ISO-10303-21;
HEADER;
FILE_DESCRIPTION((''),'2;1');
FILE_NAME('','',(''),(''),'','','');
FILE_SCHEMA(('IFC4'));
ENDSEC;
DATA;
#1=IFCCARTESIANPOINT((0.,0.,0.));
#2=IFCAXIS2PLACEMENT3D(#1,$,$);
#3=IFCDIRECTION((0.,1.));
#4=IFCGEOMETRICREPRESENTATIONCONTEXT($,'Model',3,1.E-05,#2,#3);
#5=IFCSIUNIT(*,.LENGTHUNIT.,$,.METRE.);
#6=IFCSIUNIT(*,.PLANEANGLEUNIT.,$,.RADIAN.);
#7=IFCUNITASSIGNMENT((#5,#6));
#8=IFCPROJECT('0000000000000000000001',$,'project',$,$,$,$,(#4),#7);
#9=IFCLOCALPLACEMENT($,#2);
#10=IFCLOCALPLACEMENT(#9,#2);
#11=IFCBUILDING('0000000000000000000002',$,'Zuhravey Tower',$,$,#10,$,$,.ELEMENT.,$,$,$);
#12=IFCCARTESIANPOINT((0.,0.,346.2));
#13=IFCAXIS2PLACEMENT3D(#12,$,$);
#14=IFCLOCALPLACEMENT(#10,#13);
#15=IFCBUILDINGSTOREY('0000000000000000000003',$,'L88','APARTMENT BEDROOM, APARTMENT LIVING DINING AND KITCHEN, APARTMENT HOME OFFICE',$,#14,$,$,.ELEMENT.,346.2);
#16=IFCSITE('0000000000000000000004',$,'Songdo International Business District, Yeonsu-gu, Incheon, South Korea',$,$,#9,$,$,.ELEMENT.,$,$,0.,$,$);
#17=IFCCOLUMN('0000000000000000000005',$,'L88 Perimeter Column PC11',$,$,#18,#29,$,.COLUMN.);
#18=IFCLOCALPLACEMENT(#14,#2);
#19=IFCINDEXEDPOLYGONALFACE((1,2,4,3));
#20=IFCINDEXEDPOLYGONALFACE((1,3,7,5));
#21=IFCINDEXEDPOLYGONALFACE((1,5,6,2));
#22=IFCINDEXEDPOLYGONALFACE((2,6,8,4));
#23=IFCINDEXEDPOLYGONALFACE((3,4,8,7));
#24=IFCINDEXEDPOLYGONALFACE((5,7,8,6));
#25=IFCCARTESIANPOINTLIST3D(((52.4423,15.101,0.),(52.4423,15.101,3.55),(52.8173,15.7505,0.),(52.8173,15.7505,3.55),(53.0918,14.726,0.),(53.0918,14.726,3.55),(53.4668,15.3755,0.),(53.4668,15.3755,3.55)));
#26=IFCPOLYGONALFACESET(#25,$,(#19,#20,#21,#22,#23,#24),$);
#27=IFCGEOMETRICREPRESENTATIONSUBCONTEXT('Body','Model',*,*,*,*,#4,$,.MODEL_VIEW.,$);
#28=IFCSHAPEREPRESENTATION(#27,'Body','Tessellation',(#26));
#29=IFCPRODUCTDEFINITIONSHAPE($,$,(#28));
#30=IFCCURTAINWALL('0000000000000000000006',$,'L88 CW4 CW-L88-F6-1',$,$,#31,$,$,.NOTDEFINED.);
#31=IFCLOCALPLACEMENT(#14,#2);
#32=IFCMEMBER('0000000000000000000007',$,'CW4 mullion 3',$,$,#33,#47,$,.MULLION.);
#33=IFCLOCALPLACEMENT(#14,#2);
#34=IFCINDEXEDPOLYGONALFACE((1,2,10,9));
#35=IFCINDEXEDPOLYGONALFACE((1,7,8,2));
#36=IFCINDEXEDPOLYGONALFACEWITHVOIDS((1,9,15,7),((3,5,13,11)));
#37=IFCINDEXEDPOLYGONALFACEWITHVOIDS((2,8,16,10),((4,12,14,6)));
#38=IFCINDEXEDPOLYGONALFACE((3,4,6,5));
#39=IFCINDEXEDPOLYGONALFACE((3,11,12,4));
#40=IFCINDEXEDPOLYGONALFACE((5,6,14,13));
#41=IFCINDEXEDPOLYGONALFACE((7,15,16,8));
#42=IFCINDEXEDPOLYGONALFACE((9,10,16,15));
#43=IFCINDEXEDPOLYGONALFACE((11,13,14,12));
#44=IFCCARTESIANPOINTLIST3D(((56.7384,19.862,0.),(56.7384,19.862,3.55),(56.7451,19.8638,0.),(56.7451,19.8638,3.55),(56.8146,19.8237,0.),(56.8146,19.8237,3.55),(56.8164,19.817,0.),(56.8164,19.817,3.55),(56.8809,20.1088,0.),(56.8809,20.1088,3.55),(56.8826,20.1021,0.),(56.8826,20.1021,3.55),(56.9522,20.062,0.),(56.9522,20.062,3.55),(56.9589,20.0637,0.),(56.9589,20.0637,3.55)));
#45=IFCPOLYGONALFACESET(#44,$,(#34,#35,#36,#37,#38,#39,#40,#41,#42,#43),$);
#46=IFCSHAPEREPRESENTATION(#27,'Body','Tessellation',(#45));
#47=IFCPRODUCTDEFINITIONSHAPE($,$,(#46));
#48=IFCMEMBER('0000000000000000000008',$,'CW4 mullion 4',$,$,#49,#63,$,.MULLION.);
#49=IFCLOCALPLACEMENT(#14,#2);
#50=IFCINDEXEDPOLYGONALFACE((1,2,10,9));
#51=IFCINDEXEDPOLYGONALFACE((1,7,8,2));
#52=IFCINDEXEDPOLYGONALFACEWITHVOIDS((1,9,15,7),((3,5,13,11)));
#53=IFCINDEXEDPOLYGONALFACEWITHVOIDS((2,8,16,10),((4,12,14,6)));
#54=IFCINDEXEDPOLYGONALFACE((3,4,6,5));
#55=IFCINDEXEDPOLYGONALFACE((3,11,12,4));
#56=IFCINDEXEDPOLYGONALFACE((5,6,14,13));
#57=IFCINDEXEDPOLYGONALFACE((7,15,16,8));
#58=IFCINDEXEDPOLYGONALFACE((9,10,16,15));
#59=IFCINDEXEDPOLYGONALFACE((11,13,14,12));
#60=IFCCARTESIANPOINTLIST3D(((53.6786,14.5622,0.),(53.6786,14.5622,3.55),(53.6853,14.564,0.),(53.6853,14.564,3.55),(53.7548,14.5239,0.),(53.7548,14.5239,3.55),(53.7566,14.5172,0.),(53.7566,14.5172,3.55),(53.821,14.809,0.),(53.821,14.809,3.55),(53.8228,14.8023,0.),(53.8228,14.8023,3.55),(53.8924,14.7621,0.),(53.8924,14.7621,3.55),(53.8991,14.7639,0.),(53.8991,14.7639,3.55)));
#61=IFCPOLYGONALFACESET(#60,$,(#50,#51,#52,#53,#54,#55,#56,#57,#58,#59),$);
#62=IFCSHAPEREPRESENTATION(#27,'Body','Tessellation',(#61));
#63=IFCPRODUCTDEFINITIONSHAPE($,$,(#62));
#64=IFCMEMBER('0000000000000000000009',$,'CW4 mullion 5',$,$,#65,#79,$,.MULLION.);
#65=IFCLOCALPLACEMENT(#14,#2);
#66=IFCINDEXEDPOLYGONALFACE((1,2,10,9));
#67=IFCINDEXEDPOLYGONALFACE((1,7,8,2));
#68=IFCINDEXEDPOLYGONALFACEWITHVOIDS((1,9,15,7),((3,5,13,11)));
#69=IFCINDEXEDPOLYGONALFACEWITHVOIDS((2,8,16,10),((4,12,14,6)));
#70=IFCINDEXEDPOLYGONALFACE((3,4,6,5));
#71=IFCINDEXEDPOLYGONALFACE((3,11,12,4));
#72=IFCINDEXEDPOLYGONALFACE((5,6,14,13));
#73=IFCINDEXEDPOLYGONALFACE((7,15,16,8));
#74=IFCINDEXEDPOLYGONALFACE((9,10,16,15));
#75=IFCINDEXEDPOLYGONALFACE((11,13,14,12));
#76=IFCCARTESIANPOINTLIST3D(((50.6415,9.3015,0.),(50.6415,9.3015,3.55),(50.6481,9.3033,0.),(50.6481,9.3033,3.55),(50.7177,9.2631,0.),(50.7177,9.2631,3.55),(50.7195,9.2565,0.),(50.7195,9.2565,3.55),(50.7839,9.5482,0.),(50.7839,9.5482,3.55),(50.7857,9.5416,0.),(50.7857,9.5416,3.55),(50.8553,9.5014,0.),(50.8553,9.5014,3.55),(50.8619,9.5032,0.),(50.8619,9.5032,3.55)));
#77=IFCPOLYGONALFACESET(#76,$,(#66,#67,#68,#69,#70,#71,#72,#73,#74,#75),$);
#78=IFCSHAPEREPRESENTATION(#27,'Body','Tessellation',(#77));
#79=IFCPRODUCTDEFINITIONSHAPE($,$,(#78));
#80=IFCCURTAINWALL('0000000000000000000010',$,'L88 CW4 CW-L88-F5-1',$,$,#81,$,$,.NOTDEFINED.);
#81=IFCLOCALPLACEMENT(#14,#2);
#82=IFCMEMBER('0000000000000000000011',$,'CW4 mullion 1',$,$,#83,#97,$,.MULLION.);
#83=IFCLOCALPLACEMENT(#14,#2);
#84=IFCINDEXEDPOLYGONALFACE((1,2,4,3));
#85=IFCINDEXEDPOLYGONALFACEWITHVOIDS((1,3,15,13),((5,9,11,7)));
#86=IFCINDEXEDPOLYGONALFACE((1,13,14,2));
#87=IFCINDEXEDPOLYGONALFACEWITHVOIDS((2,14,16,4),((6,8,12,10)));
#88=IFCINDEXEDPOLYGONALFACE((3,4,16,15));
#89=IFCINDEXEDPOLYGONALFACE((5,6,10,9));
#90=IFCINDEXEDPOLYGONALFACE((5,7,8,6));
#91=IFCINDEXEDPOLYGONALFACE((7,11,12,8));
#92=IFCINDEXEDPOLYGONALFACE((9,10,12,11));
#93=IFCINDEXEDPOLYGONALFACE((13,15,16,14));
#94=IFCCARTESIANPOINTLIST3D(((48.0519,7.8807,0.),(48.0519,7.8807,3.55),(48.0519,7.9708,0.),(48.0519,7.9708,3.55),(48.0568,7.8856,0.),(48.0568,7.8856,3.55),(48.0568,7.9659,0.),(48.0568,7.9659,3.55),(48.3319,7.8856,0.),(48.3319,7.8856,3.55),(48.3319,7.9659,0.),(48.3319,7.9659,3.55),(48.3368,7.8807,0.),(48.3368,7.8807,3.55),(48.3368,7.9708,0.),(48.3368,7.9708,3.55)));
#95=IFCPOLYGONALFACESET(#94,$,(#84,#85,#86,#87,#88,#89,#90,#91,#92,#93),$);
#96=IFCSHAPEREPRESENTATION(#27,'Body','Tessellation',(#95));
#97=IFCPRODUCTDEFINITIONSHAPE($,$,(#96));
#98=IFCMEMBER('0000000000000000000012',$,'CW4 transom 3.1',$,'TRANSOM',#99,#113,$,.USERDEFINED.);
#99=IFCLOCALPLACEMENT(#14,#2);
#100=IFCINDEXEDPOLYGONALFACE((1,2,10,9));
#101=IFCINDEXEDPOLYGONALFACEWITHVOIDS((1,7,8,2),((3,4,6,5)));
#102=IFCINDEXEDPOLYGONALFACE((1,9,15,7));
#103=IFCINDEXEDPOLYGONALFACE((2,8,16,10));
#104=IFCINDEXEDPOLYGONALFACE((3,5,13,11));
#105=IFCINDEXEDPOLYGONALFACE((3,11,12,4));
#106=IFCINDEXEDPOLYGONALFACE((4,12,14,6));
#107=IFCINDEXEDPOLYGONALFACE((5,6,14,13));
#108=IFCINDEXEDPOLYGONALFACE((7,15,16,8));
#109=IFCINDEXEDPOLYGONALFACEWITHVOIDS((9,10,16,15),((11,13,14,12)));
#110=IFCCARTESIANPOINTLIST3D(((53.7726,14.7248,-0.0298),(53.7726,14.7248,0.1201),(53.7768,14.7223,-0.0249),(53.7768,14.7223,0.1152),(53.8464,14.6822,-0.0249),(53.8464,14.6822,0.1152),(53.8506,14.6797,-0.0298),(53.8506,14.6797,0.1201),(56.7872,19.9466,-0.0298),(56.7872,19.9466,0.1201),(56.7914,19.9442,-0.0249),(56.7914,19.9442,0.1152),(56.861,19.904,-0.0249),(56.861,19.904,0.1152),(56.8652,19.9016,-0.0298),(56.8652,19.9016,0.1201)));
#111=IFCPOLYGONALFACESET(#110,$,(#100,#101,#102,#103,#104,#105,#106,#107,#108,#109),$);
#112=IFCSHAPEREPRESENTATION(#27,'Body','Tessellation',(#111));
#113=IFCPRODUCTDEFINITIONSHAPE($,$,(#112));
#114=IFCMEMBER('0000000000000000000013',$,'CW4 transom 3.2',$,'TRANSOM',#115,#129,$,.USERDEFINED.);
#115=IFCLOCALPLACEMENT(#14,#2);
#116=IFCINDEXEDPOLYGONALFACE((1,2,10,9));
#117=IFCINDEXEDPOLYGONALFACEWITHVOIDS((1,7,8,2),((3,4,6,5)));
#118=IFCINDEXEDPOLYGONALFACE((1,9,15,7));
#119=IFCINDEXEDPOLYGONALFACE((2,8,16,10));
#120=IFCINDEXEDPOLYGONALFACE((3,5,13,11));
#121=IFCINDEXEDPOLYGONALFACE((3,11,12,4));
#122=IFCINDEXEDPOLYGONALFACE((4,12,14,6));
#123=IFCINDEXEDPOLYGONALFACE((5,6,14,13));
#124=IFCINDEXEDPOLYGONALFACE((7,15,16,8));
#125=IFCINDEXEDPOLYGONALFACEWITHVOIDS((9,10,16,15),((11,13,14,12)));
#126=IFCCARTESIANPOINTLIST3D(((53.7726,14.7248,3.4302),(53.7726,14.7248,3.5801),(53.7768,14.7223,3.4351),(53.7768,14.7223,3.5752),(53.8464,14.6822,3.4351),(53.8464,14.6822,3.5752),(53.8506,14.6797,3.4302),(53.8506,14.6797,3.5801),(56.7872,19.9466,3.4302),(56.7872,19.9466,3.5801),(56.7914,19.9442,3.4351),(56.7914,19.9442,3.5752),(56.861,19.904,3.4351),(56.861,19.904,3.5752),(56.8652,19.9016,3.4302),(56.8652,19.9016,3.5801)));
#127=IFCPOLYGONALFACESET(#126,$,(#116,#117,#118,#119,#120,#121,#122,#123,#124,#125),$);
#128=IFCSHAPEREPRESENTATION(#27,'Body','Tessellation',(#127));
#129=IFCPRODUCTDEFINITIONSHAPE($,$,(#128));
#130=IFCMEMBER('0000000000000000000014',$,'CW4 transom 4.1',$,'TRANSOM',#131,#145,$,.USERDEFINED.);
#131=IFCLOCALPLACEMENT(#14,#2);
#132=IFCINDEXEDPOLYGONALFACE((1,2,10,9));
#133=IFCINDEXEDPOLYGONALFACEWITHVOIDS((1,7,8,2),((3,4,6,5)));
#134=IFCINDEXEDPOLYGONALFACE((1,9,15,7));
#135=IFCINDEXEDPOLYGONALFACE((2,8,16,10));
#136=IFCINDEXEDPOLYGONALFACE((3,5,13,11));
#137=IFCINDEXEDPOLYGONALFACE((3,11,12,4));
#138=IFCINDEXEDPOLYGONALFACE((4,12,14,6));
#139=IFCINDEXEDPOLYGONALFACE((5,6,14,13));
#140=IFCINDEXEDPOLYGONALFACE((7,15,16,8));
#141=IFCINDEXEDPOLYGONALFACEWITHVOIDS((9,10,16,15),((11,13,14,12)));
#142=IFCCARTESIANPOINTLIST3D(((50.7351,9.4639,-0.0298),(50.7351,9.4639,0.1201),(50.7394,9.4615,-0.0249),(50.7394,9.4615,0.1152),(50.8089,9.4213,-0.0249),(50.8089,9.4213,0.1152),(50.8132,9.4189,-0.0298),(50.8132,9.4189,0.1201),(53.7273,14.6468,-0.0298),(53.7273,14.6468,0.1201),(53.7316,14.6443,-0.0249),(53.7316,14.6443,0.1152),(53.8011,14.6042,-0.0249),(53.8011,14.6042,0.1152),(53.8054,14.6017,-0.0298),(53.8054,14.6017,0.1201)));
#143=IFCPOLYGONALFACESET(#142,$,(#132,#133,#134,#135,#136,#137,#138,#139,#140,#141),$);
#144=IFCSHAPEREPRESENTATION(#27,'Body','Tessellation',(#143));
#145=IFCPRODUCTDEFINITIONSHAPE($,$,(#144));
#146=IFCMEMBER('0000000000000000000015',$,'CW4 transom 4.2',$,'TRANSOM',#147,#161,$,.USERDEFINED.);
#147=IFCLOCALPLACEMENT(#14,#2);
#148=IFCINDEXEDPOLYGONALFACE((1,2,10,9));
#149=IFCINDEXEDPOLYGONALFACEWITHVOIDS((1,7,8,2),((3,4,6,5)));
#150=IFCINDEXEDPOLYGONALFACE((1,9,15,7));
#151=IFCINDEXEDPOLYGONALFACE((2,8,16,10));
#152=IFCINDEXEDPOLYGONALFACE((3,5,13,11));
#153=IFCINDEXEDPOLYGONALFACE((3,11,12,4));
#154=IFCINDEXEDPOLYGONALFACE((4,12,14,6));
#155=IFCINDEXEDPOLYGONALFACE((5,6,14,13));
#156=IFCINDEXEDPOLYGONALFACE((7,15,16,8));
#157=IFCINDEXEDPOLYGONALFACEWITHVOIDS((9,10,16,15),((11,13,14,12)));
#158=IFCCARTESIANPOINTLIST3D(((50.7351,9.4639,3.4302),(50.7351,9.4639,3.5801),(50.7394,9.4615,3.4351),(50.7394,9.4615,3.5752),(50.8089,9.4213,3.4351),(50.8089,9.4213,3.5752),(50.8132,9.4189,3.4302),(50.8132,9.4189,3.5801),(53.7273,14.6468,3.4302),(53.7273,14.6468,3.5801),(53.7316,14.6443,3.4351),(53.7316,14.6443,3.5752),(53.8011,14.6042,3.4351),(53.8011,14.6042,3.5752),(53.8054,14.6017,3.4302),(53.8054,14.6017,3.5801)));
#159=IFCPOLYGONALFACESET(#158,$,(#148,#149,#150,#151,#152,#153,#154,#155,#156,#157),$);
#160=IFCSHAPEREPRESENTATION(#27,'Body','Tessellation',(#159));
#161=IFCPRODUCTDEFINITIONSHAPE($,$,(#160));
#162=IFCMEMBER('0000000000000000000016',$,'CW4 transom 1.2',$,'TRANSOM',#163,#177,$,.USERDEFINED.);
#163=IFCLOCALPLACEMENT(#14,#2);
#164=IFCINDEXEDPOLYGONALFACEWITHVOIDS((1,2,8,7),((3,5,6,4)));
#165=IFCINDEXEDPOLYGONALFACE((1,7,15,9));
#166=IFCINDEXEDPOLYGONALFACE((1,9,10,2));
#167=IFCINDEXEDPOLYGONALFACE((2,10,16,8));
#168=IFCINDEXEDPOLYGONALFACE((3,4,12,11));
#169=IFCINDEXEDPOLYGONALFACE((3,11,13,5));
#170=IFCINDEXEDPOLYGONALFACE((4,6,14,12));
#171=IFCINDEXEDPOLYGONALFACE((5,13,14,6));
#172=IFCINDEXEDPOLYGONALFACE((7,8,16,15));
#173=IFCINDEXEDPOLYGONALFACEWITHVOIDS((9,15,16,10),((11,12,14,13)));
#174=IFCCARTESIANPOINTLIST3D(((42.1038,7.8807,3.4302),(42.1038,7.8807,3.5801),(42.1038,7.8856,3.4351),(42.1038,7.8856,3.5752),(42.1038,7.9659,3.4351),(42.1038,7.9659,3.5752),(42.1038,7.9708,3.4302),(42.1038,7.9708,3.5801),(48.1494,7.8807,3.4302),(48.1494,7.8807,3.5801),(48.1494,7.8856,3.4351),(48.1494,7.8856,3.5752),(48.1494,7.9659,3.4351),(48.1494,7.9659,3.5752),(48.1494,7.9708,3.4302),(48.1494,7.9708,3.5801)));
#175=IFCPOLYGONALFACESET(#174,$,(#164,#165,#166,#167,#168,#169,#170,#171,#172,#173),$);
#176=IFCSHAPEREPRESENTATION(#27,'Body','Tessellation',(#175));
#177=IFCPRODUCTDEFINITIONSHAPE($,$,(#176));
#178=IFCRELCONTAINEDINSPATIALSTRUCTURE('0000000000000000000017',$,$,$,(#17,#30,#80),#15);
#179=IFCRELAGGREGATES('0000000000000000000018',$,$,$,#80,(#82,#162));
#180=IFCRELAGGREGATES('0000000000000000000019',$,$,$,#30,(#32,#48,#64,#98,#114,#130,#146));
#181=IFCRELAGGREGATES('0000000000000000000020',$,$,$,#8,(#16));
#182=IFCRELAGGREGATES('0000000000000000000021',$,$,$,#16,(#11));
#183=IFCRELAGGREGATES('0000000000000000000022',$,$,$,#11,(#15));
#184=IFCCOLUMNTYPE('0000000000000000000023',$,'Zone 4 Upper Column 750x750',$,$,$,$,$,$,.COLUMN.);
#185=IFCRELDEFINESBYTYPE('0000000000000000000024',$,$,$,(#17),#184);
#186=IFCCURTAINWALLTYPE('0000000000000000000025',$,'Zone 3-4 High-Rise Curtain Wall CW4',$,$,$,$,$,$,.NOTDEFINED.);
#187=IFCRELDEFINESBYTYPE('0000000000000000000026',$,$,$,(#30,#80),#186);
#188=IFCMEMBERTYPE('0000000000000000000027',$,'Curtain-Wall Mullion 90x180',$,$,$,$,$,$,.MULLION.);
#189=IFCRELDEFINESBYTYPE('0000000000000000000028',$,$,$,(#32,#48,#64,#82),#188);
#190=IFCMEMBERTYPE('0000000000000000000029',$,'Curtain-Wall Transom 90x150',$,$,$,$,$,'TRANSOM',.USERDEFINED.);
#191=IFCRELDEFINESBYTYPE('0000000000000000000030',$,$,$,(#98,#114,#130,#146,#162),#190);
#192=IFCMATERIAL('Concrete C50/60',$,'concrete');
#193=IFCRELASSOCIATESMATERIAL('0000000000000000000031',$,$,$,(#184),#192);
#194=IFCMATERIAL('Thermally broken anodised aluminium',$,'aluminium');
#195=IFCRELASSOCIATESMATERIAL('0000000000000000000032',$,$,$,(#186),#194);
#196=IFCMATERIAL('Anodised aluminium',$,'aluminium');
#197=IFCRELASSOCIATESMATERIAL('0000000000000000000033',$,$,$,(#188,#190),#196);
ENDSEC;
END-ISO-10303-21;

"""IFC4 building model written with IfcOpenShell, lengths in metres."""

from ifc_helpers import new_model, si_unit, direction, frame, origin, origin_2d, place, context, subcontext, project, spatial, rectangle, hollow_rectangle, extrude, material, material_profile, profile_set, type_object, element, aggregate, save


model = new_model("IFC4")

# Units and contexts
model_context = context("Model", 3, precision=1e-05, world=origin(), true_north=direction((0.0, 1.0)))
body_context = subcontext(model_context, "Body", "Model", "MODEL_VIEW")
ifc_project = project(units=[si_unit("LENGTHUNIT", "METRE"), si_unit("PLANEANGLEUNIT", "RADIAN")], contexts=[model_context])

# Site, building, storey
site_placement = place(None, origin())
site = spatial("IfcSite", under=ifc_project, at=site_placement, Name="Songdo International Business District, Yeonsu-gu, Incheon, South Korea", CompositionType="ELEMENT", RefElevation=0.0)
building_placement = place(site_placement, origin())
building = spatial("IfcBuilding", under=site, at=building_placement, Name="Zuhravey Tower", CompositionType="ELEMENT")
storey_placement = place(building_placement, frame((0.0, 0.0, 346.2)))
storey = spatial("IfcBuildingStorey", under=building, at=storey_placement, Name="L88", Description="APARTMENT BEDROOM, APARTMENT LIVING DINING AND KITCHEN, APARTMENT HOME OFFICE", CompositionType="ELEMENT", Elevation=346.2)

# Column
ifc_material_1 = material(Name="Concrete C50/60", Category="concrete")
ifc_material_profile_1 = material_profile(ifc_material_1, rectangle(XDim=0.75, YDim=0.75, at=origin_2d()), Name="RC-750x750")
ifc_profile_set_1 = profile_set([ifc_material_profile_1], Name="Concrete C50/60")
column_type = type_object("IfcColumnType", Name="Zone 4 Upper Column 750x750", PredefinedType="COLUMN", material=ifc_profile_set_1)
column_placement = place(storey_placement, frame((52.9546, 15.2383, 0.0), z_axis=(0.0, 0.0, 1.0), x_axis=(0.5, 0.866025, 0.0)))
element("IfcColumn", 1, at=column_placement, inside=storey, type_object=column_type, Name="L88 Perimeter Column PC11", PredefinedType="COLUMN", context=body_context, shape_type="SweptSolid", body=[
    extrude(rectangle(XDim=0.75, YDim=0.75, at=origin_2d()), origin(), (0.0, 0.0, 1.0), 3.55),
])

# Curtain wall, members
ifc_material_2 = material(Name="Thermally broken anodised aluminium", Category="aluminium")
curtain_wall_type = type_object("IfcCurtainWallType", Name="Zone 3-4 High-Rise Curtain Wall CW4", PredefinedType="NOTDEFINED", material=ifc_material_2)
curtain_wall_1_placement = place(storey_placement, origin())
curtain_wall_1 = element("IfcCurtainWall", 2, at=curtain_wall_1_placement, inside=storey, type_object=curtain_wall_type, Name="L88 CW4 CW-L88-F6-1", PredefinedType="NOTDEFINED")
ifc_material_3 = material(Name="Anodised aluminium", Category="aluminium")
ifc_material_profile_2 = material_profile(ifc_material_3, hollow_rectangle(XDim=0.0901, YDim=0.2849, WallThickness=0.0049, at=origin_2d()), Name="ALU-RHS-90x285x5")
ifc_profile_set_2 = profile_set([ifc_material_profile_2], Name="Anodised aluminium")
member_type_1 = type_object("IfcMemberType", Name="Curtain-Wall Mullion 90x180", PredefinedType="MULLION", material=ifc_profile_set_2)
member_1_placement = place(storey_placement, frame((56.8486, 19.9629, 0.0), z_axis=(0.0, 0.0, 1.0), x_axis=(0.866026, -0.5, 0.0)))
member_1 = element("IfcMember", 3, at=member_1_placement, type_object=member_type_1, Name="CW4 mullion 3", PredefinedType="MULLION", context=body_context, shape_type="SweptSolid", body=[
    extrude(hollow_rectangle(XDim=0.0901, YDim=0.2849, WallThickness=0.0049, at=origin_2d()), origin(), (0.0, 0.0, 1.0), 3.55),
])
member_2_placement = place(storey_placement, frame((53.7888, 14.6631, 0.0), z_axis=(0.0, 0.0, 1.0), x_axis=(0.866026, -0.5, 0.0)))
member_2 = element("IfcMember", 4, at=member_2_placement, type_object=member_type_1, Name="CW4 mullion 4", PredefinedType="MULLION", context=body_context, shape_type="SweptSolid", body=[
    extrude(hollow_rectangle(XDim=0.0901, YDim=0.2849, WallThickness=0.0049, at=origin_2d()), origin(), (0.0, 0.0, 1.0), 3.55),
])
member_3_placement = place(storey_placement, frame((50.7517, 9.4023, 0.0), z_axis=(0.0, 0.0, 1.0), x_axis=(0.866026, -0.5, 0.0)))
member_3 = element("IfcMember", 5, at=member_3_placement, type_object=member_type_1, Name="CW4 mullion 5", PredefinedType="MULLION", context=body_context, shape_type="SweptSolid", body=[
    extrude(hollow_rectangle(XDim=0.0901, YDim=0.2849, WallThickness=0.0049, at=origin_2d()), origin(), (0.0, 0.0, 1.0), 3.55),
])

# Curtain wall, member
curtain_wall_2_placement = place(storey_placement, origin())
curtain_wall_2 = element("IfcCurtainWall", 6, at=curtain_wall_2_placement, inside=storey, type_object=curtain_wall_type, Name="L88 CW4 CW-L88-F5-1", PredefinedType="NOTDEFINED")
member_4_placement = place(storey_placement, frame((48.1943, 7.9258, 0.0), z_axis=(0.0, 0.0, 1.0), x_axis=(0.0, -1.0, 0.0)))
member_4 = element("IfcMember", 7, at=member_4_placement, type_object=member_type_1, Name="CW4 mullion 1", PredefinedType="MULLION", context=body_context, shape_type="SweptSolid", body=[
    extrude(hollow_rectangle(XDim=0.0901, YDim=0.2849, WallThickness=0.0049, at=origin_2d()), origin(), (0.0, 0.0, 1.0), 3.55),
])

# Members
ifc_material_profile_3 = material_profile(ifc_material_3, hollow_rectangle(XDim=0.0901, YDim=0.1499, WallThickness=0.0049, at=origin_2d()), Name="ALU-RHS-90x150x5")
ifc_profile_set_3 = profile_set([ifc_material_profile_3], Name="Anodised aluminium")
member_type_2 = type_object("IfcMemberType", Name="Curtain-Wall Transom 90x150", ElementType="TRANSOM", PredefinedType="USERDEFINED", material=ifc_profile_set_3)
member_5_placement = place(storey_placement, frame((56.8262, 19.9241, 0.0452), z_axis=(-0.499971, -0.866042, 0.0), x_axis=(0.866042, -0.499971, 0.0)))
member_5 = element("IfcMember", 8, at=member_5_placement, type_object=member_type_2, Name="CW4 transom 3.1", ObjectType="TRANSOM", PredefinedType="USERDEFINED", context=body_context, shape_type="SweptSolid", body=[
    extrude(hollow_rectangle(XDim=0.0901, YDim=0.1499, WallThickness=0.0049, at=origin_2d()), origin(), (0.0, 0.0, 1.0), 6.0295),
])
member_6_placement = place(storey_placement, frame((56.8262, 19.9241, 3.5051), z_axis=(-0.499971, -0.866042, 0.0), x_axis=(0.866042, -0.499971, 0.0)))
member_6 = element("IfcMember", 9, at=member_6_placement, type_object=member_type_2, Name="CW4 transom 3.2", ObjectType="TRANSOM", PredefinedType="USERDEFINED", context=body_context, shape_type="SweptSolid", body=[
    extrude(hollow_rectangle(XDim=0.0901, YDim=0.1499, WallThickness=0.0049, at=origin_2d()), origin(), (0.0, 0.0, 1.0), 6.0295),
])
member_7_placement = place(storey_placement, frame((53.7664, 14.6243, 0.0452), z_axis=(-0.499983, -0.866035, 0.0), x_axis=(0.866035, -0.499983, 0.0)))
member_7 = element("IfcMember", 10, at=member_7_placement, type_object=member_type_2, Name="CW4 transom 4.1", ObjectType="TRANSOM", PredefinedType="USERDEFINED", context=body_context, shape_type="SweptSolid", body=[
    extrude(hollow_rectangle(XDim=0.0901, YDim=0.1499, WallThickness=0.0049, at=origin_2d()), origin(), (0.0, 0.0, 1.0), 5.9846),
])
member_8_placement = place(storey_placement, frame((53.7664, 14.6243, 3.5051), z_axis=(-0.499983, -0.866035, 0.0), x_axis=(0.866035, -0.499983, 0.0)))
member_8 = element("IfcMember", 11, at=member_8_placement, type_object=member_type_2, Name="CW4 transom 4.2", ObjectType="TRANSOM", PredefinedType="USERDEFINED", context=body_context, shape_type="SweptSolid", body=[
    extrude(hollow_rectangle(XDim=0.0901, YDim=0.1499, WallThickness=0.0049, at=origin_2d()), origin(), (0.0, 0.0, 1.0), 5.9846),
])
member_9_placement = place(storey_placement, frame((48.1494, 7.9258, 3.5051), z_axis=(-1.0, 0.0, 0.0), x_axis=(0.0, -1.0, 0.0)))
member_9 = element("IfcMember", 12, at=member_9_placement, type_object=member_type_2, Name="CW4 transom 1.2", ObjectType="TRANSOM", PredefinedType="USERDEFINED", context=body_context, shape_type="SweptSolid", body=[
    extrude(hollow_rectangle(XDim=0.0901, YDim=0.1499, WallThickness=0.0049, at=origin_2d()), origin(), (0.0, 0.0, 1.0), 6.0457),
])
aggregate(curtain_wall_2, [member_4, member_9])

aggregate(curtain_wall_1, [member_1, member_2, member_3, member_5, member_6, member_7, member_8])

save(model, "model.ifc")
